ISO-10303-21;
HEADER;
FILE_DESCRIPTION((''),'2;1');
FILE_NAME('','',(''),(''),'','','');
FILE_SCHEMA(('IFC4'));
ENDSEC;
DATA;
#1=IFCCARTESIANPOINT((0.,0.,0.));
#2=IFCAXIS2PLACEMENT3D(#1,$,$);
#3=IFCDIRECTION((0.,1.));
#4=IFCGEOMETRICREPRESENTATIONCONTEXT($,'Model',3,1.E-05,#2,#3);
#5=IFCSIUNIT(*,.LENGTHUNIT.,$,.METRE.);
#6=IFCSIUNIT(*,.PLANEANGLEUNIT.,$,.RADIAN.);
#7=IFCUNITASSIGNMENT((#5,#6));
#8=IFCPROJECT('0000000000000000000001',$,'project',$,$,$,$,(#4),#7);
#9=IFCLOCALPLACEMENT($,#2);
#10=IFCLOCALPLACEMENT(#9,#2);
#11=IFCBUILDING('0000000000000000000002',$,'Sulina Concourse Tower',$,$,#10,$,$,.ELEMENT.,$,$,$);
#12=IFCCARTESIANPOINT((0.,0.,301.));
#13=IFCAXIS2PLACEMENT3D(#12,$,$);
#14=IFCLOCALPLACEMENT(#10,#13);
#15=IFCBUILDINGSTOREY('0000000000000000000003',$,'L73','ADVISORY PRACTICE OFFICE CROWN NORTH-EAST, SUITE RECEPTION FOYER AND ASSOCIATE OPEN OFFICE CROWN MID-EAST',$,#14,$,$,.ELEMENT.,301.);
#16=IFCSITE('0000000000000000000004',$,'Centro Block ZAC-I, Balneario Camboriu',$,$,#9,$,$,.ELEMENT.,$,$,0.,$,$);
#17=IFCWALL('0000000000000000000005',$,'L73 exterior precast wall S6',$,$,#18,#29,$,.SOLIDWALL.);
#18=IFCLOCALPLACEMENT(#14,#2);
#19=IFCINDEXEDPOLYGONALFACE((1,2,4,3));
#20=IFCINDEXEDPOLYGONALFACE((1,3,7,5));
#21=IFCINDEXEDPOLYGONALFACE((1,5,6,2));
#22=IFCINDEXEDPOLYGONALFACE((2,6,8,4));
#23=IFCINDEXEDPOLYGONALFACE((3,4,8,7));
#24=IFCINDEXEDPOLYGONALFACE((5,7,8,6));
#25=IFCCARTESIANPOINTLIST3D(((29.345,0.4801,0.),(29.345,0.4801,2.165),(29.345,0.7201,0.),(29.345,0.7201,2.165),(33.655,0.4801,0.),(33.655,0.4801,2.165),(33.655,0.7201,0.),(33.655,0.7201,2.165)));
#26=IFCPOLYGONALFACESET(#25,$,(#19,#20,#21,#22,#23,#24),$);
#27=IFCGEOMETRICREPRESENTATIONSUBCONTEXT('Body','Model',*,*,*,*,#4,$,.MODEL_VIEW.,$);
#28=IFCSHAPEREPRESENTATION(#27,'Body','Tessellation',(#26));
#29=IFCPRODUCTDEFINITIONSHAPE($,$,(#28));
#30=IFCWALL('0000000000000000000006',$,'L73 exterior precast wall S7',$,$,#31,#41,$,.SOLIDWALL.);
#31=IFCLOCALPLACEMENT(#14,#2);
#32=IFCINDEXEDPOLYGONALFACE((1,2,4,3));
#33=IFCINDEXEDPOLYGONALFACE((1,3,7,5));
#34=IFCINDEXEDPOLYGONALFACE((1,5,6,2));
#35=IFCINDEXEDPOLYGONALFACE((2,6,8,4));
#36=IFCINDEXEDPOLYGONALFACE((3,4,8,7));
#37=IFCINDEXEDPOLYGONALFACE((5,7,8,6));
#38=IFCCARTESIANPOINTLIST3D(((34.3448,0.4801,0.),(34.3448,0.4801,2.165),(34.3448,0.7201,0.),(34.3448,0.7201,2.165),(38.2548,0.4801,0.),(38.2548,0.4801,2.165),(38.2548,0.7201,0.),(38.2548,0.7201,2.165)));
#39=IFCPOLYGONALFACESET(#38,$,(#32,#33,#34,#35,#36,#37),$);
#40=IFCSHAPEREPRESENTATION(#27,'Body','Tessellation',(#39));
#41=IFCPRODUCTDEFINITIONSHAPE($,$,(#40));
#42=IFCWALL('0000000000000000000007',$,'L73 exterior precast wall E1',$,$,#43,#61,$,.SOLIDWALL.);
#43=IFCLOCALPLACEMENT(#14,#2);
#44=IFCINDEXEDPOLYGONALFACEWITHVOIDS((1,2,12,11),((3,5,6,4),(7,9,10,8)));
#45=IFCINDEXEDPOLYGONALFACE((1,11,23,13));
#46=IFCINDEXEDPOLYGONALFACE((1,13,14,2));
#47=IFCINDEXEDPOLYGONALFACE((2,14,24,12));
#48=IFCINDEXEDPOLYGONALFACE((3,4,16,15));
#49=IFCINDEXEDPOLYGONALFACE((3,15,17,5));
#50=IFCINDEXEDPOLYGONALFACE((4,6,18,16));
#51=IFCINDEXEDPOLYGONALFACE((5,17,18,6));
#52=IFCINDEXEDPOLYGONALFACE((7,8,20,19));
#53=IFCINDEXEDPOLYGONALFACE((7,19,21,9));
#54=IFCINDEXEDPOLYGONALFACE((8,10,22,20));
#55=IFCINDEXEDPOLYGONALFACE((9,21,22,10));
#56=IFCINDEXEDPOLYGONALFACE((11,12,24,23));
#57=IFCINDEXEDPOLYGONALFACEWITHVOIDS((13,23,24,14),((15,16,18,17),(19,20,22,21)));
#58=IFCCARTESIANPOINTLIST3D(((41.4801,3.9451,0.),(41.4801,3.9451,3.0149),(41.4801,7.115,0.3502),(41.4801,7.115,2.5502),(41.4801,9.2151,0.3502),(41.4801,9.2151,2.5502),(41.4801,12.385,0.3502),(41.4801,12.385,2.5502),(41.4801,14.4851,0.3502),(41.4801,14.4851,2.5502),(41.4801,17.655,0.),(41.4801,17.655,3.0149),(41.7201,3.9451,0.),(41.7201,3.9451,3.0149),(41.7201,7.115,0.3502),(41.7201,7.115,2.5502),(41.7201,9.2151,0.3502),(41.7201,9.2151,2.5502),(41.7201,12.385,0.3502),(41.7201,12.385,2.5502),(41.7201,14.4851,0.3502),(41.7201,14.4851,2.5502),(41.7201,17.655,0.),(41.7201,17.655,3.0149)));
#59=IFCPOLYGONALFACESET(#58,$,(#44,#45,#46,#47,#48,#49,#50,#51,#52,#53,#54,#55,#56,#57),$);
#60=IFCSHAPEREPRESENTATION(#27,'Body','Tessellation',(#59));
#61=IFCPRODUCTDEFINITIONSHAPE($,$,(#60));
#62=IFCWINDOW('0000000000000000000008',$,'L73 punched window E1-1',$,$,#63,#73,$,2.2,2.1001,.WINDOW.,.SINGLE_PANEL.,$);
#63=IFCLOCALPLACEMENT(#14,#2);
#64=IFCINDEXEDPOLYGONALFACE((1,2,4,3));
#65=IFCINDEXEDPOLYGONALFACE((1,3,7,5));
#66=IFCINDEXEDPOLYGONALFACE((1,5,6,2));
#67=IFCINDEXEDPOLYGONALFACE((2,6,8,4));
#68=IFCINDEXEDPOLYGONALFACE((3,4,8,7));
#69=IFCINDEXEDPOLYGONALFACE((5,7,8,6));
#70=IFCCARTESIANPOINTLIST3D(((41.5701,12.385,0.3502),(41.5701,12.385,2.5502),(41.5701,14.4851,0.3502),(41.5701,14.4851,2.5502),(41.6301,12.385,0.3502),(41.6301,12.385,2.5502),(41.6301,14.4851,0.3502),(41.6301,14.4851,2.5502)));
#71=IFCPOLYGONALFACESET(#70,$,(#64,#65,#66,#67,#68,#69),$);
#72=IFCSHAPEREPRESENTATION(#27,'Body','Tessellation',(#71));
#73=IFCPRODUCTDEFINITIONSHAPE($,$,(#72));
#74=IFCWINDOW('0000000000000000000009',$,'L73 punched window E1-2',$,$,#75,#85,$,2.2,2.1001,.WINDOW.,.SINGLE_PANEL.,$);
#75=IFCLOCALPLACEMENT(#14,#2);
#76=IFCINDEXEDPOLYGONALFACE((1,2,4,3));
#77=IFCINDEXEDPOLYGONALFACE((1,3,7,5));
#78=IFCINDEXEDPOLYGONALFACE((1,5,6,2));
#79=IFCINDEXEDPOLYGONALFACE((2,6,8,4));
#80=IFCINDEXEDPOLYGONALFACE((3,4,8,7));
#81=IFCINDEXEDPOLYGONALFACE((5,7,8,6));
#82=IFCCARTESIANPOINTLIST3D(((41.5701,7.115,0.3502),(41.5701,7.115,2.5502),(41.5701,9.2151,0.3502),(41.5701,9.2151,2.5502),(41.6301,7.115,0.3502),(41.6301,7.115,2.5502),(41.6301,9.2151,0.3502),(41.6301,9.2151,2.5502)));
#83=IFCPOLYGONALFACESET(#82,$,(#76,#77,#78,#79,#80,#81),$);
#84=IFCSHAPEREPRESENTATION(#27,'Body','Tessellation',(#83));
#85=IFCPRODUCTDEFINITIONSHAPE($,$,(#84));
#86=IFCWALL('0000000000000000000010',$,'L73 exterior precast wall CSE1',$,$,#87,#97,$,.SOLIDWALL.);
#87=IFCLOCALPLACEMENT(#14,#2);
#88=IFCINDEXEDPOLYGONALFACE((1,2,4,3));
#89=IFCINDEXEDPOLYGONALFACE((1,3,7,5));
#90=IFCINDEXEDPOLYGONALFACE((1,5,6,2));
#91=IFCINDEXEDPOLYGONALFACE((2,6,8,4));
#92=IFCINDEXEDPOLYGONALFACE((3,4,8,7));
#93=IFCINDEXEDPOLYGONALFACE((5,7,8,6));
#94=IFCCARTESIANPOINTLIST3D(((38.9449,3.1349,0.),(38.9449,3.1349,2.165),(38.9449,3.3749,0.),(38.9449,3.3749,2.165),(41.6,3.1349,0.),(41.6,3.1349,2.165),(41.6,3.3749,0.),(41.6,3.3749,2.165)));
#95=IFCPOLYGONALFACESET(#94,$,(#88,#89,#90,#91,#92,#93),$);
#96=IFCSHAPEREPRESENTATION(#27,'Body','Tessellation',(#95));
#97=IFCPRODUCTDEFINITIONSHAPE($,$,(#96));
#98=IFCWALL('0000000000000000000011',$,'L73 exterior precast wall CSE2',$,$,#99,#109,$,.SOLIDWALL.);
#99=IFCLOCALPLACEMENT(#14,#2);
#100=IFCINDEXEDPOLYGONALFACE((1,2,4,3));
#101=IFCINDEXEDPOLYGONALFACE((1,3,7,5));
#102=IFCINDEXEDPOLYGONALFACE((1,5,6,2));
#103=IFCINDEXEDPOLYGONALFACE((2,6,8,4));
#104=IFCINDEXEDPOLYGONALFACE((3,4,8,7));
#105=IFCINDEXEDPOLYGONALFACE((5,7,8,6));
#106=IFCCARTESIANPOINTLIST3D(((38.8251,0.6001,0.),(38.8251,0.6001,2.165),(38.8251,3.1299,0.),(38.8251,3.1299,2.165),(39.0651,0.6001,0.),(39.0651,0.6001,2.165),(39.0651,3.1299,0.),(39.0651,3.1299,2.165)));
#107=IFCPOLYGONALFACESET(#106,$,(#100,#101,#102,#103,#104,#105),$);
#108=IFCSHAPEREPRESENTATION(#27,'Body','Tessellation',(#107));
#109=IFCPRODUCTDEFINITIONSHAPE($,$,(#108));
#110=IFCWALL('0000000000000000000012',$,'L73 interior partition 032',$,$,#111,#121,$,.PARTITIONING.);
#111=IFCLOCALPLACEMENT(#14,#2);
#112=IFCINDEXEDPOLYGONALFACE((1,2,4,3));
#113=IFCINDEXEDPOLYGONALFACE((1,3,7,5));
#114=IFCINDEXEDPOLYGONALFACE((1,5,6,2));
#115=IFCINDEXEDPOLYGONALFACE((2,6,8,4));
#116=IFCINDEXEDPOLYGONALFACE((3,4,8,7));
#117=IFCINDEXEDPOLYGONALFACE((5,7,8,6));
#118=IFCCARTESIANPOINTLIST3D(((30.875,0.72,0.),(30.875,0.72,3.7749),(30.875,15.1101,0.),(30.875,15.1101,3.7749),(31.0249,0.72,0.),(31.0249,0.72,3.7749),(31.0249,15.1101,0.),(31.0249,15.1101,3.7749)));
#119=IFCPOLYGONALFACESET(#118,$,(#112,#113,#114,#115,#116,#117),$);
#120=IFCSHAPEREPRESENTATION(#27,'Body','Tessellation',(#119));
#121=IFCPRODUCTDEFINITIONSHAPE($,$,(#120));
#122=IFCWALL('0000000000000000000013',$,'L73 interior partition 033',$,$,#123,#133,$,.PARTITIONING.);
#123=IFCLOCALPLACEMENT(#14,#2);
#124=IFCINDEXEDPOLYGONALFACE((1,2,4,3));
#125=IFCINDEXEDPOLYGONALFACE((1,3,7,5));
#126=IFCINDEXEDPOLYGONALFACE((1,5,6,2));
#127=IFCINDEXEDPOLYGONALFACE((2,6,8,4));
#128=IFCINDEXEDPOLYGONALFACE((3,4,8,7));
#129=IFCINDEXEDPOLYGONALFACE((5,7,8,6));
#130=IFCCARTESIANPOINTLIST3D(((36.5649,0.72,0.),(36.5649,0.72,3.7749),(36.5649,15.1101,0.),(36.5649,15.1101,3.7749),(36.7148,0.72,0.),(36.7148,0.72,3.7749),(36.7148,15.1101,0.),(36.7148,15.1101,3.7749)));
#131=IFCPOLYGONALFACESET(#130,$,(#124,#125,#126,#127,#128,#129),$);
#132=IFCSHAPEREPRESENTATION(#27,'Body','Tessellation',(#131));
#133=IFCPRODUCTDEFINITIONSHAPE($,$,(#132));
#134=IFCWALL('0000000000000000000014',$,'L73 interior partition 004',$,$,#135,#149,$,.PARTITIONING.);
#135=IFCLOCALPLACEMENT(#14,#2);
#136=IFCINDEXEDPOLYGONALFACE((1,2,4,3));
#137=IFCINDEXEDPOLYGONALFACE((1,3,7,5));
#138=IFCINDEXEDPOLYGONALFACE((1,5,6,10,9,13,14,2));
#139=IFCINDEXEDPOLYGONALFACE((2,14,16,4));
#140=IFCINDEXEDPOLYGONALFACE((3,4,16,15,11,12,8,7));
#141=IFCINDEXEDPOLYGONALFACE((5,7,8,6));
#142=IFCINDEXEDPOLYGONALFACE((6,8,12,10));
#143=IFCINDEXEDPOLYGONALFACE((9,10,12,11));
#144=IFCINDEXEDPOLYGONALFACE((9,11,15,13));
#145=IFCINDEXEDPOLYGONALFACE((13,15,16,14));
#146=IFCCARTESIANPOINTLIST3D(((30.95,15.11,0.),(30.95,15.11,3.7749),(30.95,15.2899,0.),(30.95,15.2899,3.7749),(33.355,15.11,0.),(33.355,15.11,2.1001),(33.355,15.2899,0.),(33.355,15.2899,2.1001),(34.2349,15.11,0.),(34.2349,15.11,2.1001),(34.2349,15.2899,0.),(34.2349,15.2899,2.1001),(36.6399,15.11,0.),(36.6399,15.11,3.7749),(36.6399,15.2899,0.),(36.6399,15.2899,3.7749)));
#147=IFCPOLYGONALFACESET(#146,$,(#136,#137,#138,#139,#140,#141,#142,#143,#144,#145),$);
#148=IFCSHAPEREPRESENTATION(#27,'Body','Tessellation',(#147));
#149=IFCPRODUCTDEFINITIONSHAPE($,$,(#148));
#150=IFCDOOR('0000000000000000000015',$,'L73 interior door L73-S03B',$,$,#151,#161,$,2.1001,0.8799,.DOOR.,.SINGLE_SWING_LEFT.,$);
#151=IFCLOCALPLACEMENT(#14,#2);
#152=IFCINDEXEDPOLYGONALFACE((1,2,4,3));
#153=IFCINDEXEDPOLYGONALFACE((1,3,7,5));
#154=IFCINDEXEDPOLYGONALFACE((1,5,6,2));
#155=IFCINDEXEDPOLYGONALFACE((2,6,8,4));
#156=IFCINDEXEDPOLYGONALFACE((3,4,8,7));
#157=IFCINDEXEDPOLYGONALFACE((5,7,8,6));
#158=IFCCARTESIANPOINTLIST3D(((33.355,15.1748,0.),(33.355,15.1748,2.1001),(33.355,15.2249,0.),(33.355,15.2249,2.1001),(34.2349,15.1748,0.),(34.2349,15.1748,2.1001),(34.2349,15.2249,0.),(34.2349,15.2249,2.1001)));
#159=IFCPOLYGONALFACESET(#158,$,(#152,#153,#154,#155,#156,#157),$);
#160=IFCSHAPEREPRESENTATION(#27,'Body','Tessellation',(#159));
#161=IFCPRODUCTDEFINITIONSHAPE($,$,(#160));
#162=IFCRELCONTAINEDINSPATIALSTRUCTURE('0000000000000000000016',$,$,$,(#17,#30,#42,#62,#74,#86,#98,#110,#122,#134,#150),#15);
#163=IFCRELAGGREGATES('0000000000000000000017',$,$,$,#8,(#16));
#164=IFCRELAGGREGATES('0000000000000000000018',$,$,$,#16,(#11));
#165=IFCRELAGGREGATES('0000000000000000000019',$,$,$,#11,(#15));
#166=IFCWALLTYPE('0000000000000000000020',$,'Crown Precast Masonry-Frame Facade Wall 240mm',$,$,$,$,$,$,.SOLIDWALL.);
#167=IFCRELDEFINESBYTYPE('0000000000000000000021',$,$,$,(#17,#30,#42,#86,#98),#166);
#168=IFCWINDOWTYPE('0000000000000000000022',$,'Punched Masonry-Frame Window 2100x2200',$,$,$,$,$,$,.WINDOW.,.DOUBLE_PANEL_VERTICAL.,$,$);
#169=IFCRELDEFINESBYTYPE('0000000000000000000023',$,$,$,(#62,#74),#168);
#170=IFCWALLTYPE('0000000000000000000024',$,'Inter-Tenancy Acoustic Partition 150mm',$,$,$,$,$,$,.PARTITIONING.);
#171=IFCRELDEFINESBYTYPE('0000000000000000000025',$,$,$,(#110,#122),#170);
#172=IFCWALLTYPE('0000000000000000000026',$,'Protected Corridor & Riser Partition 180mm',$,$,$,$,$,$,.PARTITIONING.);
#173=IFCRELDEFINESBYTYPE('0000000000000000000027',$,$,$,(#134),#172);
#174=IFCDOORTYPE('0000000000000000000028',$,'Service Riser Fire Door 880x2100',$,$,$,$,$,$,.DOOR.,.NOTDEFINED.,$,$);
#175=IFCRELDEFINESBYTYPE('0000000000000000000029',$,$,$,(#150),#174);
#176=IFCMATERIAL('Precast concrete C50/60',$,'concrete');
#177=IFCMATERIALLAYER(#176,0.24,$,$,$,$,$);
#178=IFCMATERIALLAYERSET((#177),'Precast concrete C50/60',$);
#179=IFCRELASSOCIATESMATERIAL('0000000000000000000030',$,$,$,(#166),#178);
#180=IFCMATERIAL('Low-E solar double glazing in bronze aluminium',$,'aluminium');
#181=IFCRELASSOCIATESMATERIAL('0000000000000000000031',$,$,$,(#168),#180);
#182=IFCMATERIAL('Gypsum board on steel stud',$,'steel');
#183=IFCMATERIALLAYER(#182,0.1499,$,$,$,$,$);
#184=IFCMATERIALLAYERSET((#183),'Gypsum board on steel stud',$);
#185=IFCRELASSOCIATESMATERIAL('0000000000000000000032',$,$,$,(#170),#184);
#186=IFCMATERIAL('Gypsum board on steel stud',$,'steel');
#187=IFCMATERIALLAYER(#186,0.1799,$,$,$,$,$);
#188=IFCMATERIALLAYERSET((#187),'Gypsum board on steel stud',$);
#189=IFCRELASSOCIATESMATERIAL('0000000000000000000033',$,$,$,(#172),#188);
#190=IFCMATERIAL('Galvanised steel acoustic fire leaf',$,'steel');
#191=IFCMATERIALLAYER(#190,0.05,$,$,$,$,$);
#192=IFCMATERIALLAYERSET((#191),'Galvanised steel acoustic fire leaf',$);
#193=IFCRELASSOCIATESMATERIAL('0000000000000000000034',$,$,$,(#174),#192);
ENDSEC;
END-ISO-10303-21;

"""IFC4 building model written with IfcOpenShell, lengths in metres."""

from ifc_helpers import new_model, si_unit, direction, frame, frame_2d, origin, place, context, subcontext, project, spatial, rectangle, extrude, material, layer, layer_set, type_object, element, fill, save


model = new_model("IFC4")

# Units and contexts
model_context = context("Model", 3, precision=1e-05, world=origin(), true_north=direction((0.0, 1.0)))
body_context = subcontext(model_context, "Body", "Model", "MODEL_VIEW")
ifc_project = project(units=[si_unit("LENGTHUNIT", "METRE"), si_unit("PLANEANGLEUNIT", "RADIAN")], contexts=[model_context])

# Site, building, storey
site_placement = place(None, origin())
site = spatial("IfcSite", under=ifc_project, at=site_placement, Name="Centro Block ZAC-I, Balneario Camboriu", CompositionType="ELEMENT", RefElevation=0.0)
building_placement = place(site_placement, origin())
building = spatial("IfcBuilding", under=site, at=building_placement, Name="Sulina Concourse Tower", CompositionType="ELEMENT")
storey_placement = place(building_placement, frame((0.0, 0.0, 301.0)))
storey = spatial("IfcBuildingStorey", under=building, at=storey_placement, Name="L73", Description="ADVISORY PRACTICE OFFICE CROWN NORTH-EAST, SUITE RECEPTION FOYER AND ASSOCIATE OPEN OFFICE CROWN MID-EAST", CompositionType="ELEMENT", Elevation=301.0)

# Walls
ifc_material_1 = material(Name="Precast concrete C50/60", Category="concrete")
ifc_layer_1 = layer(ifc_material_1, 0.24)
ifc_layer_set_1 = layer_set([ifc_layer_1], Name="Precast concrete C50/60")
wall_type_1 = type_object("IfcWallType", Name="Crown Precast Masonry-Frame Facade Wall 240mm", PredefinedType="SOLIDWALL", material=ifc_layer_set_1)
wall_1_placement = place(storey_placement, frame((33.655, 0.6001, 0.0), z_axis=(0.0, 0.0, 1.0), x_axis=(-1.0, 0.0, 0.0)))
element("IfcWall", 1, at=wall_1_placement, inside=storey, type_object=wall_type_1, Name="L73 exterior precast wall S6", PredefinedType="SOLIDWALL", context=body_context, shape_type="SweptSolid", body=[
    extrude(rectangle(XDim=4.3101, YDim=0.24, at=frame_2d((2.155, 0.0))), origin(), (0.0, 0.0, 1.0), 2.165),
])
wall_2_placement = place(storey_placement, frame((38.2549, 0.6001, 0.0), z_axis=(0.0, 0.0, 1.0), x_axis=(-1.0, 0.0, 0.0)))
element("IfcWall", 2, at=wall_2_placement, inside=storey, type_object=wall_type_1, Name="L73 exterior precast wall S7", PredefinedType="SOLIDWALL", context=body_context, shape_type="SweptSolid", body=[
    extrude(rectangle(XDim=3.9099, YDim=0.24, at=frame_2d((1.9551, 0.0))), origin(), (0.0, 0.0, 1.0), 2.165),
])

# Wall, openings, windows
wall_3_placement = place(storey_placement, frame((41.6001, 17.655, 0.0), z_axis=(0.0, 0.0, 1.0), x_axis=(0.0, -1.0, 0.0)))
wall_3 = element("IfcWall", 3, at=wall_3_placement, inside=storey, type_object=wall_type_1, Name="L73 exterior precast wall E1", PredefinedType="SOLIDWALL", context=body_context, shape_type="SweptSolid", body=[
    extrude(rectangle(XDim=13.71, YDim=0.24, at=frame_2d((6.855, 0.0))), origin(), (0.0, 0.0, 1.0), 3.0149),
])
opening_1_placement = place(wall_3_placement, frame((3.1699, 0.0, 0.3501)))
opening_1 = element("IfcOpeningElement", 4, at=opening_1_placement, cuts=wall_3, PredefinedType="OPENING", context=body_context, shape_type="SweptSolid", body=[
    extrude(rectangle(XDim=2.1001, YDim=2.2, at=frame_2d((1.05, 1.1001))), frame((0.0, 0.1299, 0.0), z_axis=(0.0, -1.0, 0.0), x_axis=(1.0, 0.0, 0.0)), (0.0, 0.0, 1.0), 0.26),
])
opening_2_placement = place(wall_3_placement, frame((8.4399, 0.0, 0.3501)))
opening_2 = element("IfcOpeningElement", 5, at=opening_2_placement, cuts=wall_3, PredefinedType="OPENING", context=body_context, shape_type="SweptSolid", body=[
    extrude(rectangle(XDim=2.1001, YDim=2.2, at=frame_2d((1.05, 1.1001))), frame((0.0, 0.1299, 0.0), z_axis=(0.0, -1.0, 0.0), x_axis=(1.0, 0.0, 0.0)), (0.0, 0.0, 1.0), 0.26),
])
ifc_material_2 = material(Name="Low-E solar double glazing in bronze aluminium", Category="aluminium")
window_type = type_object("IfcWindowType", Name="Punched Masonry-Frame Window 2100x2200", PartitioningType="DOUBLE_PANEL_VERTICAL", PredefinedType="WINDOW", material=ifc_material_2)
window_1_placement = place(opening_1_placement, origin())
window_1 = element("IfcWindow", 6, at=window_1_placement, inside=storey, type_object=window_type, Name="L73 punched window E1-1", OverallHeight=2.2, OverallWidth=2.1001, PartitioningType="SINGLE_PANEL", PredefinedType="WINDOW", context=body_context, shape_type="SweptSolid", body=[
    extrude(rectangle(XDim=2.1001, YDim=2.2, at=frame_2d((1.05, 1.1001))), frame((0.0, 0.03, 0.0), z_axis=(0.0, -1.0, 0.0), x_axis=(1.0, 0.0, 0.0)), (0.0, 0.0, 1.0), 0.0601),
])
fill(opening_1, window_1)
window_2_placement = place(opening_2_placement, origin())
window_2 = element("IfcWindow", 7, at=window_2_placement, inside=storey, type_object=window_type, Name="L73 punched window E1-2", OverallHeight=2.2, OverallWidth=2.1001, PartitioningType="SINGLE_PANEL", PredefinedType="WINDOW", context=body_context, shape_type="SweptSolid", body=[
    extrude(rectangle(XDim=2.1001, YDim=2.2, at=frame_2d((1.05, 1.1001))), frame((0.0, 0.03, 0.0), z_axis=(0.0, -1.0, 0.0), x_axis=(1.0, 0.0, 0.0)), (0.0, 0.0, 1.0), 0.0601),
])
fill(opening_2, window_2)

# Walls
wall_4_placement = place(storey_placement, frame((41.6001, 3.2549, 0.0), z_axis=(0.0, 0.0, 1.0), x_axis=(-1.0, 0.0, 0.0)))
element("IfcWall", 8, at=wall_4_placement, inside=storey, type_object=wall_type_1, Name="L73 exterior precast wall CSE1", PredefinedType="SOLIDWALL", context=body_context, shape_type="SweptSolid", body=[
    extrude(rectangle(XDim=2.655, YDim=0.24, at=frame_2d((1.3276, 0.0))), origin(), (0.0, 0.0, 1.0), 2.165),
])
wall_5_placement = place(storey_placement, frame((38.9451, 3.1299, 0.0), z_axis=(0.0, 0.0, 1.0), x_axis=(0.0, -1.0, 0.0)))
element("IfcWall", 9, at=wall_5_placement, inside=storey, type_object=wall_type_1, Name="L73 exterior precast wall CSE2", PredefinedType="SOLIDWALL", context=body_context, shape_type="SweptSolid", body=[
    extrude(rectangle(XDim=2.5298, YDim=0.24, at=frame_2d((1.2649, 0.0))), origin(), (0.0, 0.0, 1.0), 2.165),
])
ifc_material_3 = material(Name="Gypsum board on steel stud", Category="steel")
ifc_layer_2 = layer(ifc_material_3, 0.1499)
ifc_layer_set_2 = layer_set([ifc_layer_2], Name="Gypsum board on steel stud")
wall_type_2 = type_object("IfcWallType", Name="Inter-Tenancy Acoustic Partition 150mm", PredefinedType="PARTITIONING", material=ifc_layer_set_2)
for number, where, z_axis, x_axis, name in (
    (10, (30.95, 0.72, 0.0), (0.0, 0.0, 1.0), (0.0, 1.0, 0.0), "L73 interior partition 032"),
    (11, (36.6399, 0.72, 0.0), (0.0, 0.0, 1.0), (0.0, 1.0, 0.0), "L73 interior partition 033"),
):
    element("IfcWall", number, at=place(storey_placement, frame(where, z_axis=z_axis, x_axis=x_axis)), inside=storey, type_object=wall_type_2, Name=name, PredefinedType="PARTITIONING", context=body_context, shape_type="SweptSolid", body=[
        extrude(rectangle(XDim=14.3901, YDim=0.1499, at=frame_2d((7.1951, 0.0))), origin(), (0.0, 0.0, 1.0), 3.7749),
    ])

# Wall, opening, door
ifc_material_4 = material(Name="Gypsum board on steel stud", Category="steel")
ifc_layer_3 = layer(ifc_material_4, 0.1799)
ifc_layer_set_3 = layer_set([ifc_layer_3], Name="Gypsum board on steel stud")
wall_type_3 = type_object("IfcWallType", Name="Protected Corridor & Riser Partition 180mm", PredefinedType="PARTITIONING", material=ifc_layer_set_3)
wall_6_placement = place(storey_placement, frame((30.95, 15.2, 0.0), z_axis=(0.0, 0.0, 1.0), x_axis=(1.0, 0.0, 0.0)))
wall_6 = element("IfcWall", 12, at=wall_6_placement, inside=storey, type_object=wall_type_3, Name="L73 interior partition 004", PredefinedType="PARTITIONING", context=body_context, shape_type="SweptSolid", body=[
    extrude(rectangle(XDim=5.6899, YDim=0.1799, at=frame_2d((2.845, 0.0))), origin(), (0.0, 0.0, 1.0), 3.7749),
])
opening_3_placement = place(wall_6_placement, frame((2.405, 0.0, 0.0)))
opening_3 = element("IfcOpeningElement", 13, at=opening_3_placement, cuts=wall_6, PredefinedType="OPENING", context=body_context, shape_type="SweptSolid", body=[
    extrude(rectangle(XDim=0.8799, YDim=2.1001, at=frame_2d((0.4399, 1.05))), frame((0.0, 0.0999, 0.0), z_axis=(0.0, -1.0, 0.0), x_axis=(1.0, 0.0, 0.0)), (0.0, 0.0, 1.0), 0.2),
])
ifc_material_5 = material(Name="Galvanised steel acoustic fire leaf", Category="steel")
ifc_layer_4 = layer(ifc_material_5, 0.05)
ifc_layer_set_4 = layer_set([ifc_layer_4], Name="Galvanised steel acoustic fire leaf")
door_type_1 = type_object("IfcDoorType", Name="Service Riser Fire Door 880x2100", OperationType="NOTDEFINED", PredefinedType="DOOR", material=ifc_layer_set_4)
door_1_placement = place(opening_3_placement, origin())
door_1 = element("IfcDoor", 14, at=door_1_placement, inside=storey, type_object=door_type_1, Name="L73 interior door L73-S03B", OperationType="SINGLE_SWING_LEFT", OverallHeight=2.1001, OverallWidth=0.8799, PredefinedType="DOOR", context=body_context, shape_type="SweptSolid", body=[
    extrude(rectangle(XDim=0.8799, YDim=2.1001, at=frame_2d((0.4399, 1.05))), frame((0.0, 0.0249, 0.0), z_axis=(0.0, -1.0, 0.0), x_axis=(1.0, 0.0, 0.0)), (0.0, 0.0, 1.0), 0.05),
])
fill(opening_3, door_1)

save(model, "model.ifc")
